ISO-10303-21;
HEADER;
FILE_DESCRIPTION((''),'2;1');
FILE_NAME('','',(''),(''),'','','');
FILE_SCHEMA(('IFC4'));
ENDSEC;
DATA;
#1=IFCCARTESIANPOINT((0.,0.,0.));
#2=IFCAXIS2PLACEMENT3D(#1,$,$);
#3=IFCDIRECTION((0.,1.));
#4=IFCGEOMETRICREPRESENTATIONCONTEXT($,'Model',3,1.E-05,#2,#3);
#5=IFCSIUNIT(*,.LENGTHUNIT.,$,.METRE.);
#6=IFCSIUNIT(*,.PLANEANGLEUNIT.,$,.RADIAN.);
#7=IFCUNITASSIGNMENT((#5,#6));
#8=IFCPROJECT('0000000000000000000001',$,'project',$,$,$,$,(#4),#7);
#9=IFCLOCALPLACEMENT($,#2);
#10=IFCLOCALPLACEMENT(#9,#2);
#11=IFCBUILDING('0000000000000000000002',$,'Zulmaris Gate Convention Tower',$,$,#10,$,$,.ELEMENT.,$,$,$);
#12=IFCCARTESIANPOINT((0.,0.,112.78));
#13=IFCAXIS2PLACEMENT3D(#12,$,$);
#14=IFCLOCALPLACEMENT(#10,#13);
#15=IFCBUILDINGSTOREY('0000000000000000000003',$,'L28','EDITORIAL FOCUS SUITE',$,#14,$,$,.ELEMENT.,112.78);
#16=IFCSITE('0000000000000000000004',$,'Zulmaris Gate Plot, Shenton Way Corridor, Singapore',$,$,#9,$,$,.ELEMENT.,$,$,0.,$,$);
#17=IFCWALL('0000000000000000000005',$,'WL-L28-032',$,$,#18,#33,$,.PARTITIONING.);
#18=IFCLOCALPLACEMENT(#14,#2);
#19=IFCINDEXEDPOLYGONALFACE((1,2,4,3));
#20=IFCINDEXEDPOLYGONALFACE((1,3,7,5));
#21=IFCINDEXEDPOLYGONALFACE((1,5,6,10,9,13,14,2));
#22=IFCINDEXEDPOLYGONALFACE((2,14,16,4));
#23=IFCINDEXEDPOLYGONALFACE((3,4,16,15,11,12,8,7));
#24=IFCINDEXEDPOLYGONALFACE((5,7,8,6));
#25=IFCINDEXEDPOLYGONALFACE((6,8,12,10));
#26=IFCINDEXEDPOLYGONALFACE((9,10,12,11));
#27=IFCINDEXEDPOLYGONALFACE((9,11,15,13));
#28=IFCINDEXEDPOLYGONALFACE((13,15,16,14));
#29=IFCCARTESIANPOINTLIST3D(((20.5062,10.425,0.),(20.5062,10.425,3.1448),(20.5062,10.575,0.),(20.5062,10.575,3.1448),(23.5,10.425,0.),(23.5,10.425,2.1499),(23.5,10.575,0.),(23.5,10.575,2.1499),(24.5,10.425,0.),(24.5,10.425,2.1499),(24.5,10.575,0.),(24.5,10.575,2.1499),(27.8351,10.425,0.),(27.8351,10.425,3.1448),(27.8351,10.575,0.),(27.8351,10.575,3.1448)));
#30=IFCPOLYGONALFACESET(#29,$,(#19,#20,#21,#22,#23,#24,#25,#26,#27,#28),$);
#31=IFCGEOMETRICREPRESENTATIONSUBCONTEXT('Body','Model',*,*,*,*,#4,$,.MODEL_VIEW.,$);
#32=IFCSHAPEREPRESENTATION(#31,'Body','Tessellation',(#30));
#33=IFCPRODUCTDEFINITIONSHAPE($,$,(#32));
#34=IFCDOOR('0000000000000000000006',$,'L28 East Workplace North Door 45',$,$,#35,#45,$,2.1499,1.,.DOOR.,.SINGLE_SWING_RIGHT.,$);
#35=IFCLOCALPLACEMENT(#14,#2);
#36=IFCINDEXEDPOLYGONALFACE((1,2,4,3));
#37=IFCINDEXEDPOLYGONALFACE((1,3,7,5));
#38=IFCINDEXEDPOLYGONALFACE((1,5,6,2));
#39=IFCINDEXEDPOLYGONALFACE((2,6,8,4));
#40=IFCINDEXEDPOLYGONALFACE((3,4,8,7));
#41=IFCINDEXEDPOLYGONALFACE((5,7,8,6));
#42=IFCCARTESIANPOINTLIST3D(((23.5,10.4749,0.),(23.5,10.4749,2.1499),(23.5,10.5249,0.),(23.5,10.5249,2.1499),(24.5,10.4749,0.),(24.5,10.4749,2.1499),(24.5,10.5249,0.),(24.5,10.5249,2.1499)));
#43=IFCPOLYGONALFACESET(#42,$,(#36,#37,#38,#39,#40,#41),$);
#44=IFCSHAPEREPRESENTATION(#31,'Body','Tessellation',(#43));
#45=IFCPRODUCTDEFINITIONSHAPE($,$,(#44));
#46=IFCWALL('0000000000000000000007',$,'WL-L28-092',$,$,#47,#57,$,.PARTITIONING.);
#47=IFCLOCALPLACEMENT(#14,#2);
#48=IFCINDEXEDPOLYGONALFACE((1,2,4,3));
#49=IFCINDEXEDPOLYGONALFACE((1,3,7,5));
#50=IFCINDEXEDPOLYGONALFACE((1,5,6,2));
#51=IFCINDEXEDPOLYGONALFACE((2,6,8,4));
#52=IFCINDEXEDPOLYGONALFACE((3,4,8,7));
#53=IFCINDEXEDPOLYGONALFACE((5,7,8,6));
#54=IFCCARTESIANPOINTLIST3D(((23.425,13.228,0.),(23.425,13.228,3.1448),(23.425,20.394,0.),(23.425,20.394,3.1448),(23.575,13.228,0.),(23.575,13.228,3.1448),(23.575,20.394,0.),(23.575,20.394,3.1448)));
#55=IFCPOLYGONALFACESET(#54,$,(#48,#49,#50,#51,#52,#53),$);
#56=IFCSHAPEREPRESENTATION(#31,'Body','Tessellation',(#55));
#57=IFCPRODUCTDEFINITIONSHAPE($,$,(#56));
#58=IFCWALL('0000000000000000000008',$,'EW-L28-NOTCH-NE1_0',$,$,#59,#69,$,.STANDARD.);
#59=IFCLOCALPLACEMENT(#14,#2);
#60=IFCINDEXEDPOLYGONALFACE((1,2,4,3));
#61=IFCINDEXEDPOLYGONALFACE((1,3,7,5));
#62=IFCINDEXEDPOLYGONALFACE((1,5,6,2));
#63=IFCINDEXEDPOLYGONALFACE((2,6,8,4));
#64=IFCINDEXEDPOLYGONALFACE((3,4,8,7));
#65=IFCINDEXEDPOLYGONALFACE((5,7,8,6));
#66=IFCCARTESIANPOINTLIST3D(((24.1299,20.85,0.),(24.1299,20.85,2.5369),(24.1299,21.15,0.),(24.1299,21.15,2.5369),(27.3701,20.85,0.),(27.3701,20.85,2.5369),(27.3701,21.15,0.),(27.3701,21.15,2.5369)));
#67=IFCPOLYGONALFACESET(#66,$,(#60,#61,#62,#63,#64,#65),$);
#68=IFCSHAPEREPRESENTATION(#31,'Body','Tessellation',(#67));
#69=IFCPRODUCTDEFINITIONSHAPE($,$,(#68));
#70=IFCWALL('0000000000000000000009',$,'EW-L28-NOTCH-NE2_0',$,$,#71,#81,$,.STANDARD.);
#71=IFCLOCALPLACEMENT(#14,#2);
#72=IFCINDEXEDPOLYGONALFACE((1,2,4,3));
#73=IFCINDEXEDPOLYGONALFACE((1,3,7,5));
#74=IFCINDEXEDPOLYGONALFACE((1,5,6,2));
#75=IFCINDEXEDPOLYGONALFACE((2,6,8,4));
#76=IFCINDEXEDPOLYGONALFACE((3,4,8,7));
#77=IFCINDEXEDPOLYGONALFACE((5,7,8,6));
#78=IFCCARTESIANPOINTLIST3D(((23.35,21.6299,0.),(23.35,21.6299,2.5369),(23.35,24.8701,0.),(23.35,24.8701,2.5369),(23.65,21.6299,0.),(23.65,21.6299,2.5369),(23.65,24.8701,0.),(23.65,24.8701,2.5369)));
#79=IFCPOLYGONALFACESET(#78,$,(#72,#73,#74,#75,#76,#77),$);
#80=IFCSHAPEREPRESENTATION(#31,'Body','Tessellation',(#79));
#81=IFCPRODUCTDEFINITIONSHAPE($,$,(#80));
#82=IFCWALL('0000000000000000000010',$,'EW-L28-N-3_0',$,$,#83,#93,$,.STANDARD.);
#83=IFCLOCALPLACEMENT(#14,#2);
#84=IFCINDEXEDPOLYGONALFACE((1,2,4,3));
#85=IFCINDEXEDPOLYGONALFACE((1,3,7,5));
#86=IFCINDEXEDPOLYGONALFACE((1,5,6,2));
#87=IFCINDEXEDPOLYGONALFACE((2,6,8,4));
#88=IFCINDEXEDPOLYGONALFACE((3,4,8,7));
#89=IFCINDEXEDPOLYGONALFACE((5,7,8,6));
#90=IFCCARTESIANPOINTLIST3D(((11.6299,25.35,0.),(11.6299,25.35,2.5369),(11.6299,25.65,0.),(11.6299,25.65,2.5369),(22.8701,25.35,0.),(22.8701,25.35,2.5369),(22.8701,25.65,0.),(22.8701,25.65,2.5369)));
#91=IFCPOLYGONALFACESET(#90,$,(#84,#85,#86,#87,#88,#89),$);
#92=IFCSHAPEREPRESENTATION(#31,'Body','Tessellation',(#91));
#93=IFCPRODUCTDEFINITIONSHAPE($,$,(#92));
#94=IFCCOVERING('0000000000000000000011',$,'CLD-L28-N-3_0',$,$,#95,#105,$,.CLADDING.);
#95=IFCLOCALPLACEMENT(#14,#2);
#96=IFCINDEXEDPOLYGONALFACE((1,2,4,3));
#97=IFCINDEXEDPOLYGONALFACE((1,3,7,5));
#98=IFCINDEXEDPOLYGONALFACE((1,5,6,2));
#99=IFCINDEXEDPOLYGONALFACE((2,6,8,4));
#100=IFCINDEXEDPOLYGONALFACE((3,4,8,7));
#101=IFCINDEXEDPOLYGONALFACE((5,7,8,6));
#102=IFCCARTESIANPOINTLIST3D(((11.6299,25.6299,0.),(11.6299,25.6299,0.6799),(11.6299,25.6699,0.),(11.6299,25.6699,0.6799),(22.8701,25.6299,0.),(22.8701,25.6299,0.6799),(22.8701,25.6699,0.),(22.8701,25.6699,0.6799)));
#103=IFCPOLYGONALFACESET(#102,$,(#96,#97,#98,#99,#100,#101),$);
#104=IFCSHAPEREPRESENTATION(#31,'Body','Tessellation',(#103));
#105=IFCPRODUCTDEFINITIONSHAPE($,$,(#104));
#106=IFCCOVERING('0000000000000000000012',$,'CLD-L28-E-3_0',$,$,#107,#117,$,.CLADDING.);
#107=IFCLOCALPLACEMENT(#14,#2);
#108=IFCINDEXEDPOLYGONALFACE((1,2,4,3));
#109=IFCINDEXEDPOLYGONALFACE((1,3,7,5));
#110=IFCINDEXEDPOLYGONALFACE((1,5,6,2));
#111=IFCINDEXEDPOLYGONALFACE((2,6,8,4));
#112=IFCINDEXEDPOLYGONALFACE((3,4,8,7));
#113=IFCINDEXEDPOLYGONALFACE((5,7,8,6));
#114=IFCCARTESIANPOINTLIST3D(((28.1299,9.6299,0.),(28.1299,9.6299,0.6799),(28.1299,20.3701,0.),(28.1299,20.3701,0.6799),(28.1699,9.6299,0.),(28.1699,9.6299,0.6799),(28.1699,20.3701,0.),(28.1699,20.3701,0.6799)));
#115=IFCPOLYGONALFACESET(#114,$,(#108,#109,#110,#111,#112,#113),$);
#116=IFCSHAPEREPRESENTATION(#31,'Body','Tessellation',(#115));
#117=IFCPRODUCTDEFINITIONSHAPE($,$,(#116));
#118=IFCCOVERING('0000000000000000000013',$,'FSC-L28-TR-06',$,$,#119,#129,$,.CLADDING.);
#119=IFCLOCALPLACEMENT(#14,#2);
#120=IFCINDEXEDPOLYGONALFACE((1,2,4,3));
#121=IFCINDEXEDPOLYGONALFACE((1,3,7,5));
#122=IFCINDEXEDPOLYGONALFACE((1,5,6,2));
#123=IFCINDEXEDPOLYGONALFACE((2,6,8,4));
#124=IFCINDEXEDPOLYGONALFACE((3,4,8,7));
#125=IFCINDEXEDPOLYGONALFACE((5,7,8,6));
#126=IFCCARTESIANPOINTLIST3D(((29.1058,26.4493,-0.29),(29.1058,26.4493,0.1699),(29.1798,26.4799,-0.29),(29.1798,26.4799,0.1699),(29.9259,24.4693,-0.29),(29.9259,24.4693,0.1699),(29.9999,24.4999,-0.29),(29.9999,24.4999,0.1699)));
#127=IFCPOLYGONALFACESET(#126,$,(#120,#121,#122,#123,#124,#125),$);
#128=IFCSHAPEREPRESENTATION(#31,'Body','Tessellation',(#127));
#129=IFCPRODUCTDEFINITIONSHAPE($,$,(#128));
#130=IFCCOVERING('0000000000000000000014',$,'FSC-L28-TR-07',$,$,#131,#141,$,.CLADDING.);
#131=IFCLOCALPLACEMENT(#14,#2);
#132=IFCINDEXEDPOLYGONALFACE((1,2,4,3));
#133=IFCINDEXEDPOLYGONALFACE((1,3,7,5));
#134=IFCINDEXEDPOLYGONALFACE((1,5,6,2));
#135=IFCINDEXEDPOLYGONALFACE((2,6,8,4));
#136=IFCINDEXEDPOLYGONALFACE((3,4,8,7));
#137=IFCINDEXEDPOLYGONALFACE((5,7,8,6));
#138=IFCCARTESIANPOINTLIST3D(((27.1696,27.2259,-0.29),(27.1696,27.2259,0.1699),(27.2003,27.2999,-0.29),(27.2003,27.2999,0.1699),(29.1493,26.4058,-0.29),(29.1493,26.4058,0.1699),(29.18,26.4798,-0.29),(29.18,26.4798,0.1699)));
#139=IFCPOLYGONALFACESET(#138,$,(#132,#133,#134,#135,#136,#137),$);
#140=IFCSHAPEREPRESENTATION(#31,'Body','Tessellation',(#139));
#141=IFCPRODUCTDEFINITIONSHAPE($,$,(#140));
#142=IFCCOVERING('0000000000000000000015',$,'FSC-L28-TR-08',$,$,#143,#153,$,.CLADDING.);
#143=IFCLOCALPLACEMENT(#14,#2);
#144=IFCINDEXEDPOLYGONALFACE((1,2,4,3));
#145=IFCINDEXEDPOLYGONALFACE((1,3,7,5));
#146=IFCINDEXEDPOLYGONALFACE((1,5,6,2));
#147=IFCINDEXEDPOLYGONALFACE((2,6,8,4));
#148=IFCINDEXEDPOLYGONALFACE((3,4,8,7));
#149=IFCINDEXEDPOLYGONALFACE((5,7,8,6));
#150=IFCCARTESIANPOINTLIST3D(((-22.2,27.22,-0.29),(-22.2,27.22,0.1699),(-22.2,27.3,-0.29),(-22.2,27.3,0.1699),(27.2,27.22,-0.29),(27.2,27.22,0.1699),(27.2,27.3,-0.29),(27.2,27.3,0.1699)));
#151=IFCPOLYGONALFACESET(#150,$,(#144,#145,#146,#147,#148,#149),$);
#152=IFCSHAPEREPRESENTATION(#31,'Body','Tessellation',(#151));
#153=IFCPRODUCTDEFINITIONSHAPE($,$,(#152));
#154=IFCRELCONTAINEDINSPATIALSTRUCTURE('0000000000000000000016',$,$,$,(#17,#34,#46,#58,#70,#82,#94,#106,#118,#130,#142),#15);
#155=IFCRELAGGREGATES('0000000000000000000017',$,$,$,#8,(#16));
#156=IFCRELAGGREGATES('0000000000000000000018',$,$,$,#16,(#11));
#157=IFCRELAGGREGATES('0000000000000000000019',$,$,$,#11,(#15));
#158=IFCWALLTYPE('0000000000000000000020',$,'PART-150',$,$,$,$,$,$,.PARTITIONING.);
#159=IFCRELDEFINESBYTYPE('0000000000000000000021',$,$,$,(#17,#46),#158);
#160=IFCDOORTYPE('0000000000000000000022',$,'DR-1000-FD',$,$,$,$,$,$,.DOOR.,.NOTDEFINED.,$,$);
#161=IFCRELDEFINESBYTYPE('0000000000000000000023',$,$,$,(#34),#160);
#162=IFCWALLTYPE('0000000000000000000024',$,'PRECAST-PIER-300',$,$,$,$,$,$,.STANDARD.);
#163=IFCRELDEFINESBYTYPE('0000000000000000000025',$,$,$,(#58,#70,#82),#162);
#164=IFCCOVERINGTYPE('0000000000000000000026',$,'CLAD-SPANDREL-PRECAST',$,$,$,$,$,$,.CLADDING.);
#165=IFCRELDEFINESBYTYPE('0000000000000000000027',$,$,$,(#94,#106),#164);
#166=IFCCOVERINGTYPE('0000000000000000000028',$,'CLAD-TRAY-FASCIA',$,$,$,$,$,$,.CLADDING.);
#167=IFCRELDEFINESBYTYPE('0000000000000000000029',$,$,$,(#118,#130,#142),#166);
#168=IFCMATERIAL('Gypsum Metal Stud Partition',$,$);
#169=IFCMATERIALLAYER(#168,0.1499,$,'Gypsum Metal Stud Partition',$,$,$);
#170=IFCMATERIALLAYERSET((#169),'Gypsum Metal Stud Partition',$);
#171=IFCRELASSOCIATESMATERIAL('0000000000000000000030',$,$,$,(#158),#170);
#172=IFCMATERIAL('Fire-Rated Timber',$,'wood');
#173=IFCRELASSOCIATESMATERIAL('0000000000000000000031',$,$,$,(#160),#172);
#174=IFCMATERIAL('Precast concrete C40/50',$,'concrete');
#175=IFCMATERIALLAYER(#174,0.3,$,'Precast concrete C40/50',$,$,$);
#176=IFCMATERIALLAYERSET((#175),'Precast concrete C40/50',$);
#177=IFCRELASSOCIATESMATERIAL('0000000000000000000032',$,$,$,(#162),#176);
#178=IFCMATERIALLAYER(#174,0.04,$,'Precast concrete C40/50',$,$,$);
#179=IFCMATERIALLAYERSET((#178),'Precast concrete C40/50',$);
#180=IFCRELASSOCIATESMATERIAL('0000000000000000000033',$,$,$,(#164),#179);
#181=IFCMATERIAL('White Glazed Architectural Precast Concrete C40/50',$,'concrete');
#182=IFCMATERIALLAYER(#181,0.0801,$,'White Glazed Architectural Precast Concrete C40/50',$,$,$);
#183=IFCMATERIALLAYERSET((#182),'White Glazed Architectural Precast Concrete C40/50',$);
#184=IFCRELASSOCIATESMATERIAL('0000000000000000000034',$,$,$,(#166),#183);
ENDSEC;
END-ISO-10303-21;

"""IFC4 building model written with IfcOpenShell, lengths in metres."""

from ifc_helpers import new_model, si_unit, direction, frame, frame_2d, origin, place, context, subcontext, project, spatial, rectangle, extrude, material, layer, layer_set, type_object, element, fill, save


model = new_model("IFC4")

# Units and contexts
model_context = context("Model", 3, precision=1e-05, world=origin(), true_north=direction((0.0, 1.0)))
body_context = subcontext(model_context, "Body", "Model", "MODEL_VIEW")
ifc_project = project(units=[si_unit("LENGTHUNIT", "METRE"), si_unit("PLANEANGLEUNIT", "RADIAN")], contexts=[model_context])

# Site, building, storey
site_placement = place(None, origin())
site = spatial("IfcSite", under=ifc_project, at=site_placement, Name="Zulmaris Gate Plot, Shenton Way Corridor, Singapore", CompositionType="ELEMENT", RefElevation=0.0)
building_placement = place(site_placement, origin())
building = spatial("IfcBuilding", under=site, at=building_placement, Name="Zulmaris Gate Convention Tower", CompositionType="ELEMENT")
storey_placement = place(building_placement, frame((0.0, 0.0, 112.78)))
storey = spatial("IfcBuildingStorey", under=building, at=storey_placement, Name="L28", Description="EDITORIAL FOCUS SUITE", CompositionType="ELEMENT", Elevation=112.78)

# Shared definitions
ifc_material_1 = material(Name="Fire-Rated Timber", Category="wood")

# Wall, opening, door
ifc_material_2 = material(Name="Gypsum Metal Stud Partition")
ifc_layer_1 = layer(ifc_material_2, 0.1499, Name="Gypsum Metal Stud Partition")
ifc_layer_set_1 = layer_set([ifc_layer_1], Name="Gypsum Metal Stud Partition")
wall_type_1 = type_object("IfcWallType", Name="PART-150", PredefinedType="PARTITIONING", material=ifc_layer_set_1)
wall_1_placement = place(storey_placement, frame((20.5061, 10.5, 0.0), z_axis=(0.0, 0.0, 1.0), x_axis=(1.0, 0.0, 0.0)))
wall_1 = element("IfcWall", 1, at=wall_1_placement, inside=storey, type_object=wall_type_1, Name="WL-L28-032", PredefinedType="PARTITIONING", context=body_context, shape_type="SweptSolid", body=[
    extrude(rectangle(XDim=7.3289, YDim=0.1499, at=frame_2d((3.6646, 0.0))), origin(), (0.0, 0.0, 1.0), 3.1448),
])
opening_1_placement = place(wall_1_placement, frame((2.9939, 0.0, 0.0)))
opening_1 = element("IfcOpeningElement", 2, at=opening_1_placement, cuts=wall_1, PredefinedType="OPENING", context=body_context, shape_type="SweptSolid", body=[
    extrude(rectangle(XDim=1.0, YDim=2.1499, at=frame_2d((0.5, 1.075))), frame((0.0, 0.085, 0.0), z_axis=(0.0, -1.0, 0.0), x_axis=(1.0, 0.0, 0.0)), (0.0, 0.0, 1.0), 0.1699),
])
door_type_1 = type_object("IfcDoorType", Name="DR-1000-FD", OperationType="NOTDEFINED", PredefinedType="DOOR", material=ifc_material_1)
door_1_placement = place(opening_1_placement, origin())
door_1 = element("IfcDoor", 3, at=door_1_placement, inside=storey, type_object=door_type_1, Name="L28 East Workplace North Door 45", OperationType="SINGLE_SWING_RIGHT", OverallHeight=2.1499, OverallWidth=1.0, PredefinedType="DOOR", context=body_context, shape_type="SweptSolid", body=[
    extrude(rectangle(XDim=1.0, YDim=2.1499, at=frame_2d((0.5, 1.075))), frame((0.0, 0.0249, 0.0), z_axis=(0.0, -1.0, 0.0), x_axis=(1.0, 0.0, 0.0)), (0.0, 0.0, 1.0), 0.05),
])
fill(opening_1, door_1)

# Walls
wall_2_placement = place(storey_placement, frame((23.5, 13.228, 0.0), z_axis=(0.0, 0.0, 1.0), x_axis=(0.0, 1.0, 0.0)))
element("IfcWall", 4, at=wall_2_placement, inside=storey, type_object=wall_type_1, Name="WL-L28-092", PredefinedType="PARTITIONING", context=body_context, shape_type="SweptSolid", body=[
    extrude(rectangle(XDim=7.166, YDim=0.1499, at=frame_2d((3.583, 0.0))), origin(), (0.0, 0.0, 1.0), 3.1448),
])
ifc_material_3 = material(Name="Precast concrete C40/50", Category="concrete")
ifc_layer_2 = layer(ifc_material_3, 0.3, Name="Precast concrete C40/50")
ifc_layer_set_2 = layer_set([ifc_layer_2], Name="Precast concrete C40/50")
wall_type_2 = type_object("IfcWallType", Name="PRECAST-PIER-300", PredefinedType="STANDARD", material=ifc_layer_set_2)
for number, where, z_axis, x_axis, name in (
    (5, (27.3701, 21.0, 0.0), (0.0, 0.0, 1.0), (-1.0, 0.0, 0.0), "EW-L28-NOTCH-NE1_0"),
    (6, (23.5, 21.6299, 0.0), (0.0, 0.0, 1.0), (0.0, 1.0, 0.0), "EW-L28-NOTCH-NE2_0"),
):
    element("IfcWall", number, at=place(storey_placement, frame(where, z_axis=z_axis, x_axis=x_axis)), inside=storey, type_object=wall_type_2, Name=name, PredefinedType="STANDARD", context=body_context, shape_type="SweptSolid", body=[
        extrude(rectangle(XDim=3.2402, YDim=0.3, at=frame_2d((1.6201, 0.0))), origin(), (0.0, 0.0, 1.0), 2.5369),
    ])
wall_3_placement = place(storey_placement, frame((22.8701, 25.5, 0.0), z_axis=(0.0, 0.0, 1.0), x_axis=(-1.0, 0.0, 0.0)))
element("IfcWall", 7, at=wall_3_placement, inside=storey, type_object=wall_type_2, Name="EW-L28-N-3_0", PredefinedType="STANDARD", context=body_context, shape_type="SweptSolid", body=[
    extrude(rectangle(XDim=11.2402, YDim=0.3, at=frame_2d((5.6201, 0.0))), origin(), (0.0, 0.0, 1.0), 2.5369),
])

# Coverings
ifc_layer_3 = layer(ifc_material_3, 0.04, Name="Precast concrete C40/50")
ifc_layer_set_3 = layer_set([ifc_layer_3], Name="Precast concrete C40/50")
covering_type_1 = type_object("IfcCoveringType", Name="CLAD-SPANDREL-PRECAST", PredefinedType="CLADDING", material=ifc_layer_set_3)
covering_1_placement = place(storey_placement, frame((22.8701, 25.6499, 0.0), z_axis=(0.0, 0.0, 1.0), x_axis=(-1.0, 0.0, 0.0)))
element("IfcCovering", 8, at=covering_1_placement, inside=storey, type_object=covering_type_1, Name="CLD-L28-N-3_0", PredefinedType="CLADDING", context=body_context, shape_type="SweptSolid", body=[
    extrude(rectangle(XDim=11.2402, YDim=0.04, at=frame_2d((5.6201, 0.0))), origin(), (0.0, 0.0, 1.0), 0.6799),
])
covering_2_placement = place(storey_placement, frame((28.1499, 9.6299, 0.0), z_axis=(0.0, 0.0, 1.0), x_axis=(0.0, 1.0, 0.0)))
element("IfcCovering", 9, at=covering_2_placement, inside=storey, type_object=covering_type_1, Name="CLD-L28-E-3_0", PredefinedType="CLADDING", context=body_context, shape_type="SweptSolid", body=[
    extrude(rectangle(XDim=10.7402, YDim=0.04, at=frame_2d((5.3701, 0.0))), origin(), (0.0, 0.0, 1.0), 0.6799),
])
ifc_material_4 = material(Name="White Glazed Architectural Precast Concrete C40/50", Category="concrete")
ifc_layer_4 = layer(ifc_material_4, 0.0801, Name="White Glazed Architectural Precast Concrete C40/50")
ifc_layer_set_4 = layer_set([ifc_layer_4], Name="White Glazed Architectural Precast Concrete C40/50")
covering_type_2 = type_object("IfcCoveringType", Name="CLAD-TRAY-FASCIA", PredefinedType="CLADDING", material=ifc_layer_set_4)
covering_3_placement = place(storey_placement, frame((29.9629, 24.4846, -0.29), z_axis=(0.0, 0.0, 1.0), x_axis=(-0.382657, 0.92389, 0.0)))
element("IfcCovering", 10, at=covering_3_placement, inside=storey, type_object=covering_type_2, Name="FSC-L28-TR-06", PredefinedType="CLADDING", context=body_context, shape_type="SweptSolid", body=[
    extrude(rectangle(XDim=2.1431, YDim=0.0801, at=frame_2d((1.0715, 0.0))), origin(), (0.0, 0.0, 1.0), 0.46),
])
covering_4_placement = place(storey_placement, frame((29.1646, 26.4429, -0.29), z_axis=(0.0, 0.0, 1.0), x_axis=(-0.923874, 0.382697, 0.0)))
element("IfcCovering", 11, at=covering_4_placement, inside=storey, type_object=covering_type_2, Name="FSC-L28-TR-07", PredefinedType="CLADDING", context=body_context, shape_type="SweptSolid", body=[
    extrude(rectangle(XDim=2.1428, YDim=0.0801, at=frame_2d((1.0713, 0.0))), origin(), (0.0, 0.0, 1.0), 0.46),
])
covering_5_placement = place(storey_placement, frame((27.2, 27.26, -0.29), z_axis=(0.0, 0.0, 1.0), x_axis=(-1.0, 0.0, 0.0)))
element("IfcCovering", 12, at=covering_5_placement, inside=storey, type_object=covering_type_2, Name="FSC-L28-TR-08", PredefinedType="CLADDING", context=body_context, shape_type="SweptSolid", body=[
    extrude(rectangle(XDim=49.3999, YDim=0.0801, at=frame_2d((24.7, 0.0))), origin(), (0.0, 0.0, 1.0), 0.46),
])

save(model, "model.ifc")
